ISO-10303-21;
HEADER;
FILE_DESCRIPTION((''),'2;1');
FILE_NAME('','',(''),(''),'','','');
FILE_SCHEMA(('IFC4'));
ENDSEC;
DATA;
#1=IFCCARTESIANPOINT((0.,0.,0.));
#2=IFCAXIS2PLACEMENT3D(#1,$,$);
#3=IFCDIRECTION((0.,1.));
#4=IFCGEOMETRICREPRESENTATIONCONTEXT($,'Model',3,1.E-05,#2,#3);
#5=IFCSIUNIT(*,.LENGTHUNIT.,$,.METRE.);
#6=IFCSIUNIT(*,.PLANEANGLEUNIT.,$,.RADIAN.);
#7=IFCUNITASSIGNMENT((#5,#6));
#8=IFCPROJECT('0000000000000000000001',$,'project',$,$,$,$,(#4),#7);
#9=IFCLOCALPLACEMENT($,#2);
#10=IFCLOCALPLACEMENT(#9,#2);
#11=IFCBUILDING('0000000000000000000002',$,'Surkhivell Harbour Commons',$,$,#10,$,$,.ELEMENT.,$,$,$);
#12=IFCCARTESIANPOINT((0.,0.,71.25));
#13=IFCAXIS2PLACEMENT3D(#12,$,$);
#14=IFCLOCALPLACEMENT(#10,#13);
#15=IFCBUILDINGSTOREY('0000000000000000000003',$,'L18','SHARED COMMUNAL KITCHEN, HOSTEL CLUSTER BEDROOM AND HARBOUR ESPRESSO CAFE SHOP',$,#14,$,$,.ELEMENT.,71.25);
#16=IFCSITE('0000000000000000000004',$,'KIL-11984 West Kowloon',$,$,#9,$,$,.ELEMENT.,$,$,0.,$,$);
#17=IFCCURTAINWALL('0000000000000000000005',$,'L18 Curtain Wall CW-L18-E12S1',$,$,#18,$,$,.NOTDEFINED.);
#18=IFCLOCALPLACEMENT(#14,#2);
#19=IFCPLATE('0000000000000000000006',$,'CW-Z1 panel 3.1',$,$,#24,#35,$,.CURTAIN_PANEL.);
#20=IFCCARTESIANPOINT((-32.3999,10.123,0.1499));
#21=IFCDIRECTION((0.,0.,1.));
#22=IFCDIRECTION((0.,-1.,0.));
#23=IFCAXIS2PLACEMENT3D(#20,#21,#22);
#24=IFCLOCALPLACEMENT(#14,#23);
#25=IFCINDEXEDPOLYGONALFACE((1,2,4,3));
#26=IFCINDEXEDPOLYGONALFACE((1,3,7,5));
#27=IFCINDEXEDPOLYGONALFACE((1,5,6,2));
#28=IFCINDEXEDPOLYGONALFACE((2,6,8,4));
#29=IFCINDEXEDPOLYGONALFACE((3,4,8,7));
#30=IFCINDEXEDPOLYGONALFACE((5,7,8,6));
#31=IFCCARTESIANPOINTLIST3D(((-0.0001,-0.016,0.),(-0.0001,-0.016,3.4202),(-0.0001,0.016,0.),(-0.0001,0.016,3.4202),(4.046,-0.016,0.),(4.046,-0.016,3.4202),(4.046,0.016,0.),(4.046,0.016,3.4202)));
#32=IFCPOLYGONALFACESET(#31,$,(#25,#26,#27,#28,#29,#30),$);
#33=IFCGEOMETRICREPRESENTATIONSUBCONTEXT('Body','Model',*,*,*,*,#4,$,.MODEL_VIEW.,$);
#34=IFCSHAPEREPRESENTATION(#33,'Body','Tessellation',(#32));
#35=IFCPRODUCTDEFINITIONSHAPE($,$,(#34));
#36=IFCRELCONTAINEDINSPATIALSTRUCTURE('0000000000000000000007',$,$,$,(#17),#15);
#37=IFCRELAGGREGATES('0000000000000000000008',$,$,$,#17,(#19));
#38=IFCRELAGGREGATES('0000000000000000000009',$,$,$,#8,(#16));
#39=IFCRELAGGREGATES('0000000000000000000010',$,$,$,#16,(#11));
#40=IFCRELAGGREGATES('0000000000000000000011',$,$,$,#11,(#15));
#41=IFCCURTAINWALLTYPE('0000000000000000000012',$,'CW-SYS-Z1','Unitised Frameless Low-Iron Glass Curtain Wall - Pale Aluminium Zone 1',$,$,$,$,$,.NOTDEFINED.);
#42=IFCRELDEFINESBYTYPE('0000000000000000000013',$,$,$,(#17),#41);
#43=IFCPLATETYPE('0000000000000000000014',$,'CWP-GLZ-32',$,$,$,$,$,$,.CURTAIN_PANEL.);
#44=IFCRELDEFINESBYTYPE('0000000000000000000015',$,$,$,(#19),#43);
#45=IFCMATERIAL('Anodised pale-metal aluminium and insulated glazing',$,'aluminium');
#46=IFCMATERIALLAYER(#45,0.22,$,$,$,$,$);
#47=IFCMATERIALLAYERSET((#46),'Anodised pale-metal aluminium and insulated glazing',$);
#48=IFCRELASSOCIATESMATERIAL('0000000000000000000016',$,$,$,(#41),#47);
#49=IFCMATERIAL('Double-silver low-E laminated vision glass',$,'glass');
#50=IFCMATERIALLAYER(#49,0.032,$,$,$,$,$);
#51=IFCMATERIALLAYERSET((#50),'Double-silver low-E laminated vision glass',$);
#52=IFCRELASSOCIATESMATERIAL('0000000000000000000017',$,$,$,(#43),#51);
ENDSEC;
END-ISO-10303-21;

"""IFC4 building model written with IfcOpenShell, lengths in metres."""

from ifc_helpers import new_model, si_unit, direction, frame, frame_2d, origin, place, context, subcontext, project, spatial, rectangle, extrude, material, layer, layer_set, type_object, element, aggregate, save


model = new_model("IFC4")

# Units and contexts
model_context = context("Model", 3, precision=1e-05, world=origin(), true_north=direction((0.0, 1.0)))
body_context = subcontext(model_context, "Body", "Model", "MODEL_VIEW")
ifc_project = project(units=[si_unit("LENGTHUNIT", "METRE"), si_unit("PLANEANGLEUNIT", "RADIAN")], contexts=[model_context])

# Site, building, storey
site_placement = place(None, origin())
site = spatial("IfcSite", under=ifc_project, at=site_placement, Name="KIL-11984 West Kowloon", CompositionType="ELEMENT", RefElevation=0.0)
building_placement = place(site_placement, origin())
building = spatial("IfcBuilding", under=site, at=building_placement, Name="Surkhivell Harbour Commons", CompositionType="ELEMENT")
storey_placement = place(building_placement, frame((0.0, 0.0, 71.25)))
storey = spatial("IfcBuildingStorey", under=building, at=storey_placement, Name="L18", Description="SHARED COMMUNAL KITCHEN, HOSTEL CLUSTER BEDROOM AND HARBOUR ESPRESSO CAFE SHOP", CompositionType="ELEMENT", Elevation=71.25)

# Curtain wall, plate
ifc_material_1 = material(Name="Anodised pale-metal aluminium and insulated glazing", Category="aluminium")
ifc_layer_1 = layer(ifc_material_1, 0.22)
ifc_layer_set_1 = layer_set([ifc_layer_1], Name="Anodised pale-metal aluminium and insulated glazing")
curtain_wall_type = type_object("IfcCurtainWallType", Name="CW-SYS-Z1", Description="Unitised Frameless Low-Iron Glass Curtain Wall - Pale Aluminium Zone 1", PredefinedType="NOTDEFINED", material=ifc_layer_set_1)
curtain_wall_placement = place(storey_placement, origin())
curtain_wall = element("IfcCurtainWall", 1, at=curtain_wall_placement, inside=storey, type_object=curtain_wall_type, Name="L18 Curtain Wall CW-L18-E12S1", PredefinedType="NOTDEFINED")
ifc_material_2 = material(Name="Double-silver low-E laminated vision glass", Category="glass")
ifc_layer_2 = layer(ifc_material_2, 0.032)
ifc_layer_set_2 = layer_set([ifc_layer_2], Name="Double-silver low-E laminated vision glass")
plate_type = type_object("IfcPlateType", Name="CWP-GLZ-32", PredefinedType="CURTAIN_PANEL", material=ifc_layer_set_2)
plate_1_placement = place(storey_placement, frame((-32.3999, 10.123, 0.1499), z_axis=(0.0, 0.0, 1.0), x_axis=(0.0, -1.0, 0.0)))
plate_1 = element("IfcPlate", 2, at=plate_1_placement, type_object=plate_type, Name="CW-Z1 panel 3.1", PredefinedType="CURTAIN_PANEL", context=body_context, shape_type="SweptSolid", body=[
    extrude(rectangle(XDim=4.0461, YDim=0.032, at=frame_2d((2.0229, 0.0))), origin(), (0.0, 0.0, 1.0), 3.4202),
])
aggregate(curtain_wall, [plate_1])

save(model, "model.ifc")
